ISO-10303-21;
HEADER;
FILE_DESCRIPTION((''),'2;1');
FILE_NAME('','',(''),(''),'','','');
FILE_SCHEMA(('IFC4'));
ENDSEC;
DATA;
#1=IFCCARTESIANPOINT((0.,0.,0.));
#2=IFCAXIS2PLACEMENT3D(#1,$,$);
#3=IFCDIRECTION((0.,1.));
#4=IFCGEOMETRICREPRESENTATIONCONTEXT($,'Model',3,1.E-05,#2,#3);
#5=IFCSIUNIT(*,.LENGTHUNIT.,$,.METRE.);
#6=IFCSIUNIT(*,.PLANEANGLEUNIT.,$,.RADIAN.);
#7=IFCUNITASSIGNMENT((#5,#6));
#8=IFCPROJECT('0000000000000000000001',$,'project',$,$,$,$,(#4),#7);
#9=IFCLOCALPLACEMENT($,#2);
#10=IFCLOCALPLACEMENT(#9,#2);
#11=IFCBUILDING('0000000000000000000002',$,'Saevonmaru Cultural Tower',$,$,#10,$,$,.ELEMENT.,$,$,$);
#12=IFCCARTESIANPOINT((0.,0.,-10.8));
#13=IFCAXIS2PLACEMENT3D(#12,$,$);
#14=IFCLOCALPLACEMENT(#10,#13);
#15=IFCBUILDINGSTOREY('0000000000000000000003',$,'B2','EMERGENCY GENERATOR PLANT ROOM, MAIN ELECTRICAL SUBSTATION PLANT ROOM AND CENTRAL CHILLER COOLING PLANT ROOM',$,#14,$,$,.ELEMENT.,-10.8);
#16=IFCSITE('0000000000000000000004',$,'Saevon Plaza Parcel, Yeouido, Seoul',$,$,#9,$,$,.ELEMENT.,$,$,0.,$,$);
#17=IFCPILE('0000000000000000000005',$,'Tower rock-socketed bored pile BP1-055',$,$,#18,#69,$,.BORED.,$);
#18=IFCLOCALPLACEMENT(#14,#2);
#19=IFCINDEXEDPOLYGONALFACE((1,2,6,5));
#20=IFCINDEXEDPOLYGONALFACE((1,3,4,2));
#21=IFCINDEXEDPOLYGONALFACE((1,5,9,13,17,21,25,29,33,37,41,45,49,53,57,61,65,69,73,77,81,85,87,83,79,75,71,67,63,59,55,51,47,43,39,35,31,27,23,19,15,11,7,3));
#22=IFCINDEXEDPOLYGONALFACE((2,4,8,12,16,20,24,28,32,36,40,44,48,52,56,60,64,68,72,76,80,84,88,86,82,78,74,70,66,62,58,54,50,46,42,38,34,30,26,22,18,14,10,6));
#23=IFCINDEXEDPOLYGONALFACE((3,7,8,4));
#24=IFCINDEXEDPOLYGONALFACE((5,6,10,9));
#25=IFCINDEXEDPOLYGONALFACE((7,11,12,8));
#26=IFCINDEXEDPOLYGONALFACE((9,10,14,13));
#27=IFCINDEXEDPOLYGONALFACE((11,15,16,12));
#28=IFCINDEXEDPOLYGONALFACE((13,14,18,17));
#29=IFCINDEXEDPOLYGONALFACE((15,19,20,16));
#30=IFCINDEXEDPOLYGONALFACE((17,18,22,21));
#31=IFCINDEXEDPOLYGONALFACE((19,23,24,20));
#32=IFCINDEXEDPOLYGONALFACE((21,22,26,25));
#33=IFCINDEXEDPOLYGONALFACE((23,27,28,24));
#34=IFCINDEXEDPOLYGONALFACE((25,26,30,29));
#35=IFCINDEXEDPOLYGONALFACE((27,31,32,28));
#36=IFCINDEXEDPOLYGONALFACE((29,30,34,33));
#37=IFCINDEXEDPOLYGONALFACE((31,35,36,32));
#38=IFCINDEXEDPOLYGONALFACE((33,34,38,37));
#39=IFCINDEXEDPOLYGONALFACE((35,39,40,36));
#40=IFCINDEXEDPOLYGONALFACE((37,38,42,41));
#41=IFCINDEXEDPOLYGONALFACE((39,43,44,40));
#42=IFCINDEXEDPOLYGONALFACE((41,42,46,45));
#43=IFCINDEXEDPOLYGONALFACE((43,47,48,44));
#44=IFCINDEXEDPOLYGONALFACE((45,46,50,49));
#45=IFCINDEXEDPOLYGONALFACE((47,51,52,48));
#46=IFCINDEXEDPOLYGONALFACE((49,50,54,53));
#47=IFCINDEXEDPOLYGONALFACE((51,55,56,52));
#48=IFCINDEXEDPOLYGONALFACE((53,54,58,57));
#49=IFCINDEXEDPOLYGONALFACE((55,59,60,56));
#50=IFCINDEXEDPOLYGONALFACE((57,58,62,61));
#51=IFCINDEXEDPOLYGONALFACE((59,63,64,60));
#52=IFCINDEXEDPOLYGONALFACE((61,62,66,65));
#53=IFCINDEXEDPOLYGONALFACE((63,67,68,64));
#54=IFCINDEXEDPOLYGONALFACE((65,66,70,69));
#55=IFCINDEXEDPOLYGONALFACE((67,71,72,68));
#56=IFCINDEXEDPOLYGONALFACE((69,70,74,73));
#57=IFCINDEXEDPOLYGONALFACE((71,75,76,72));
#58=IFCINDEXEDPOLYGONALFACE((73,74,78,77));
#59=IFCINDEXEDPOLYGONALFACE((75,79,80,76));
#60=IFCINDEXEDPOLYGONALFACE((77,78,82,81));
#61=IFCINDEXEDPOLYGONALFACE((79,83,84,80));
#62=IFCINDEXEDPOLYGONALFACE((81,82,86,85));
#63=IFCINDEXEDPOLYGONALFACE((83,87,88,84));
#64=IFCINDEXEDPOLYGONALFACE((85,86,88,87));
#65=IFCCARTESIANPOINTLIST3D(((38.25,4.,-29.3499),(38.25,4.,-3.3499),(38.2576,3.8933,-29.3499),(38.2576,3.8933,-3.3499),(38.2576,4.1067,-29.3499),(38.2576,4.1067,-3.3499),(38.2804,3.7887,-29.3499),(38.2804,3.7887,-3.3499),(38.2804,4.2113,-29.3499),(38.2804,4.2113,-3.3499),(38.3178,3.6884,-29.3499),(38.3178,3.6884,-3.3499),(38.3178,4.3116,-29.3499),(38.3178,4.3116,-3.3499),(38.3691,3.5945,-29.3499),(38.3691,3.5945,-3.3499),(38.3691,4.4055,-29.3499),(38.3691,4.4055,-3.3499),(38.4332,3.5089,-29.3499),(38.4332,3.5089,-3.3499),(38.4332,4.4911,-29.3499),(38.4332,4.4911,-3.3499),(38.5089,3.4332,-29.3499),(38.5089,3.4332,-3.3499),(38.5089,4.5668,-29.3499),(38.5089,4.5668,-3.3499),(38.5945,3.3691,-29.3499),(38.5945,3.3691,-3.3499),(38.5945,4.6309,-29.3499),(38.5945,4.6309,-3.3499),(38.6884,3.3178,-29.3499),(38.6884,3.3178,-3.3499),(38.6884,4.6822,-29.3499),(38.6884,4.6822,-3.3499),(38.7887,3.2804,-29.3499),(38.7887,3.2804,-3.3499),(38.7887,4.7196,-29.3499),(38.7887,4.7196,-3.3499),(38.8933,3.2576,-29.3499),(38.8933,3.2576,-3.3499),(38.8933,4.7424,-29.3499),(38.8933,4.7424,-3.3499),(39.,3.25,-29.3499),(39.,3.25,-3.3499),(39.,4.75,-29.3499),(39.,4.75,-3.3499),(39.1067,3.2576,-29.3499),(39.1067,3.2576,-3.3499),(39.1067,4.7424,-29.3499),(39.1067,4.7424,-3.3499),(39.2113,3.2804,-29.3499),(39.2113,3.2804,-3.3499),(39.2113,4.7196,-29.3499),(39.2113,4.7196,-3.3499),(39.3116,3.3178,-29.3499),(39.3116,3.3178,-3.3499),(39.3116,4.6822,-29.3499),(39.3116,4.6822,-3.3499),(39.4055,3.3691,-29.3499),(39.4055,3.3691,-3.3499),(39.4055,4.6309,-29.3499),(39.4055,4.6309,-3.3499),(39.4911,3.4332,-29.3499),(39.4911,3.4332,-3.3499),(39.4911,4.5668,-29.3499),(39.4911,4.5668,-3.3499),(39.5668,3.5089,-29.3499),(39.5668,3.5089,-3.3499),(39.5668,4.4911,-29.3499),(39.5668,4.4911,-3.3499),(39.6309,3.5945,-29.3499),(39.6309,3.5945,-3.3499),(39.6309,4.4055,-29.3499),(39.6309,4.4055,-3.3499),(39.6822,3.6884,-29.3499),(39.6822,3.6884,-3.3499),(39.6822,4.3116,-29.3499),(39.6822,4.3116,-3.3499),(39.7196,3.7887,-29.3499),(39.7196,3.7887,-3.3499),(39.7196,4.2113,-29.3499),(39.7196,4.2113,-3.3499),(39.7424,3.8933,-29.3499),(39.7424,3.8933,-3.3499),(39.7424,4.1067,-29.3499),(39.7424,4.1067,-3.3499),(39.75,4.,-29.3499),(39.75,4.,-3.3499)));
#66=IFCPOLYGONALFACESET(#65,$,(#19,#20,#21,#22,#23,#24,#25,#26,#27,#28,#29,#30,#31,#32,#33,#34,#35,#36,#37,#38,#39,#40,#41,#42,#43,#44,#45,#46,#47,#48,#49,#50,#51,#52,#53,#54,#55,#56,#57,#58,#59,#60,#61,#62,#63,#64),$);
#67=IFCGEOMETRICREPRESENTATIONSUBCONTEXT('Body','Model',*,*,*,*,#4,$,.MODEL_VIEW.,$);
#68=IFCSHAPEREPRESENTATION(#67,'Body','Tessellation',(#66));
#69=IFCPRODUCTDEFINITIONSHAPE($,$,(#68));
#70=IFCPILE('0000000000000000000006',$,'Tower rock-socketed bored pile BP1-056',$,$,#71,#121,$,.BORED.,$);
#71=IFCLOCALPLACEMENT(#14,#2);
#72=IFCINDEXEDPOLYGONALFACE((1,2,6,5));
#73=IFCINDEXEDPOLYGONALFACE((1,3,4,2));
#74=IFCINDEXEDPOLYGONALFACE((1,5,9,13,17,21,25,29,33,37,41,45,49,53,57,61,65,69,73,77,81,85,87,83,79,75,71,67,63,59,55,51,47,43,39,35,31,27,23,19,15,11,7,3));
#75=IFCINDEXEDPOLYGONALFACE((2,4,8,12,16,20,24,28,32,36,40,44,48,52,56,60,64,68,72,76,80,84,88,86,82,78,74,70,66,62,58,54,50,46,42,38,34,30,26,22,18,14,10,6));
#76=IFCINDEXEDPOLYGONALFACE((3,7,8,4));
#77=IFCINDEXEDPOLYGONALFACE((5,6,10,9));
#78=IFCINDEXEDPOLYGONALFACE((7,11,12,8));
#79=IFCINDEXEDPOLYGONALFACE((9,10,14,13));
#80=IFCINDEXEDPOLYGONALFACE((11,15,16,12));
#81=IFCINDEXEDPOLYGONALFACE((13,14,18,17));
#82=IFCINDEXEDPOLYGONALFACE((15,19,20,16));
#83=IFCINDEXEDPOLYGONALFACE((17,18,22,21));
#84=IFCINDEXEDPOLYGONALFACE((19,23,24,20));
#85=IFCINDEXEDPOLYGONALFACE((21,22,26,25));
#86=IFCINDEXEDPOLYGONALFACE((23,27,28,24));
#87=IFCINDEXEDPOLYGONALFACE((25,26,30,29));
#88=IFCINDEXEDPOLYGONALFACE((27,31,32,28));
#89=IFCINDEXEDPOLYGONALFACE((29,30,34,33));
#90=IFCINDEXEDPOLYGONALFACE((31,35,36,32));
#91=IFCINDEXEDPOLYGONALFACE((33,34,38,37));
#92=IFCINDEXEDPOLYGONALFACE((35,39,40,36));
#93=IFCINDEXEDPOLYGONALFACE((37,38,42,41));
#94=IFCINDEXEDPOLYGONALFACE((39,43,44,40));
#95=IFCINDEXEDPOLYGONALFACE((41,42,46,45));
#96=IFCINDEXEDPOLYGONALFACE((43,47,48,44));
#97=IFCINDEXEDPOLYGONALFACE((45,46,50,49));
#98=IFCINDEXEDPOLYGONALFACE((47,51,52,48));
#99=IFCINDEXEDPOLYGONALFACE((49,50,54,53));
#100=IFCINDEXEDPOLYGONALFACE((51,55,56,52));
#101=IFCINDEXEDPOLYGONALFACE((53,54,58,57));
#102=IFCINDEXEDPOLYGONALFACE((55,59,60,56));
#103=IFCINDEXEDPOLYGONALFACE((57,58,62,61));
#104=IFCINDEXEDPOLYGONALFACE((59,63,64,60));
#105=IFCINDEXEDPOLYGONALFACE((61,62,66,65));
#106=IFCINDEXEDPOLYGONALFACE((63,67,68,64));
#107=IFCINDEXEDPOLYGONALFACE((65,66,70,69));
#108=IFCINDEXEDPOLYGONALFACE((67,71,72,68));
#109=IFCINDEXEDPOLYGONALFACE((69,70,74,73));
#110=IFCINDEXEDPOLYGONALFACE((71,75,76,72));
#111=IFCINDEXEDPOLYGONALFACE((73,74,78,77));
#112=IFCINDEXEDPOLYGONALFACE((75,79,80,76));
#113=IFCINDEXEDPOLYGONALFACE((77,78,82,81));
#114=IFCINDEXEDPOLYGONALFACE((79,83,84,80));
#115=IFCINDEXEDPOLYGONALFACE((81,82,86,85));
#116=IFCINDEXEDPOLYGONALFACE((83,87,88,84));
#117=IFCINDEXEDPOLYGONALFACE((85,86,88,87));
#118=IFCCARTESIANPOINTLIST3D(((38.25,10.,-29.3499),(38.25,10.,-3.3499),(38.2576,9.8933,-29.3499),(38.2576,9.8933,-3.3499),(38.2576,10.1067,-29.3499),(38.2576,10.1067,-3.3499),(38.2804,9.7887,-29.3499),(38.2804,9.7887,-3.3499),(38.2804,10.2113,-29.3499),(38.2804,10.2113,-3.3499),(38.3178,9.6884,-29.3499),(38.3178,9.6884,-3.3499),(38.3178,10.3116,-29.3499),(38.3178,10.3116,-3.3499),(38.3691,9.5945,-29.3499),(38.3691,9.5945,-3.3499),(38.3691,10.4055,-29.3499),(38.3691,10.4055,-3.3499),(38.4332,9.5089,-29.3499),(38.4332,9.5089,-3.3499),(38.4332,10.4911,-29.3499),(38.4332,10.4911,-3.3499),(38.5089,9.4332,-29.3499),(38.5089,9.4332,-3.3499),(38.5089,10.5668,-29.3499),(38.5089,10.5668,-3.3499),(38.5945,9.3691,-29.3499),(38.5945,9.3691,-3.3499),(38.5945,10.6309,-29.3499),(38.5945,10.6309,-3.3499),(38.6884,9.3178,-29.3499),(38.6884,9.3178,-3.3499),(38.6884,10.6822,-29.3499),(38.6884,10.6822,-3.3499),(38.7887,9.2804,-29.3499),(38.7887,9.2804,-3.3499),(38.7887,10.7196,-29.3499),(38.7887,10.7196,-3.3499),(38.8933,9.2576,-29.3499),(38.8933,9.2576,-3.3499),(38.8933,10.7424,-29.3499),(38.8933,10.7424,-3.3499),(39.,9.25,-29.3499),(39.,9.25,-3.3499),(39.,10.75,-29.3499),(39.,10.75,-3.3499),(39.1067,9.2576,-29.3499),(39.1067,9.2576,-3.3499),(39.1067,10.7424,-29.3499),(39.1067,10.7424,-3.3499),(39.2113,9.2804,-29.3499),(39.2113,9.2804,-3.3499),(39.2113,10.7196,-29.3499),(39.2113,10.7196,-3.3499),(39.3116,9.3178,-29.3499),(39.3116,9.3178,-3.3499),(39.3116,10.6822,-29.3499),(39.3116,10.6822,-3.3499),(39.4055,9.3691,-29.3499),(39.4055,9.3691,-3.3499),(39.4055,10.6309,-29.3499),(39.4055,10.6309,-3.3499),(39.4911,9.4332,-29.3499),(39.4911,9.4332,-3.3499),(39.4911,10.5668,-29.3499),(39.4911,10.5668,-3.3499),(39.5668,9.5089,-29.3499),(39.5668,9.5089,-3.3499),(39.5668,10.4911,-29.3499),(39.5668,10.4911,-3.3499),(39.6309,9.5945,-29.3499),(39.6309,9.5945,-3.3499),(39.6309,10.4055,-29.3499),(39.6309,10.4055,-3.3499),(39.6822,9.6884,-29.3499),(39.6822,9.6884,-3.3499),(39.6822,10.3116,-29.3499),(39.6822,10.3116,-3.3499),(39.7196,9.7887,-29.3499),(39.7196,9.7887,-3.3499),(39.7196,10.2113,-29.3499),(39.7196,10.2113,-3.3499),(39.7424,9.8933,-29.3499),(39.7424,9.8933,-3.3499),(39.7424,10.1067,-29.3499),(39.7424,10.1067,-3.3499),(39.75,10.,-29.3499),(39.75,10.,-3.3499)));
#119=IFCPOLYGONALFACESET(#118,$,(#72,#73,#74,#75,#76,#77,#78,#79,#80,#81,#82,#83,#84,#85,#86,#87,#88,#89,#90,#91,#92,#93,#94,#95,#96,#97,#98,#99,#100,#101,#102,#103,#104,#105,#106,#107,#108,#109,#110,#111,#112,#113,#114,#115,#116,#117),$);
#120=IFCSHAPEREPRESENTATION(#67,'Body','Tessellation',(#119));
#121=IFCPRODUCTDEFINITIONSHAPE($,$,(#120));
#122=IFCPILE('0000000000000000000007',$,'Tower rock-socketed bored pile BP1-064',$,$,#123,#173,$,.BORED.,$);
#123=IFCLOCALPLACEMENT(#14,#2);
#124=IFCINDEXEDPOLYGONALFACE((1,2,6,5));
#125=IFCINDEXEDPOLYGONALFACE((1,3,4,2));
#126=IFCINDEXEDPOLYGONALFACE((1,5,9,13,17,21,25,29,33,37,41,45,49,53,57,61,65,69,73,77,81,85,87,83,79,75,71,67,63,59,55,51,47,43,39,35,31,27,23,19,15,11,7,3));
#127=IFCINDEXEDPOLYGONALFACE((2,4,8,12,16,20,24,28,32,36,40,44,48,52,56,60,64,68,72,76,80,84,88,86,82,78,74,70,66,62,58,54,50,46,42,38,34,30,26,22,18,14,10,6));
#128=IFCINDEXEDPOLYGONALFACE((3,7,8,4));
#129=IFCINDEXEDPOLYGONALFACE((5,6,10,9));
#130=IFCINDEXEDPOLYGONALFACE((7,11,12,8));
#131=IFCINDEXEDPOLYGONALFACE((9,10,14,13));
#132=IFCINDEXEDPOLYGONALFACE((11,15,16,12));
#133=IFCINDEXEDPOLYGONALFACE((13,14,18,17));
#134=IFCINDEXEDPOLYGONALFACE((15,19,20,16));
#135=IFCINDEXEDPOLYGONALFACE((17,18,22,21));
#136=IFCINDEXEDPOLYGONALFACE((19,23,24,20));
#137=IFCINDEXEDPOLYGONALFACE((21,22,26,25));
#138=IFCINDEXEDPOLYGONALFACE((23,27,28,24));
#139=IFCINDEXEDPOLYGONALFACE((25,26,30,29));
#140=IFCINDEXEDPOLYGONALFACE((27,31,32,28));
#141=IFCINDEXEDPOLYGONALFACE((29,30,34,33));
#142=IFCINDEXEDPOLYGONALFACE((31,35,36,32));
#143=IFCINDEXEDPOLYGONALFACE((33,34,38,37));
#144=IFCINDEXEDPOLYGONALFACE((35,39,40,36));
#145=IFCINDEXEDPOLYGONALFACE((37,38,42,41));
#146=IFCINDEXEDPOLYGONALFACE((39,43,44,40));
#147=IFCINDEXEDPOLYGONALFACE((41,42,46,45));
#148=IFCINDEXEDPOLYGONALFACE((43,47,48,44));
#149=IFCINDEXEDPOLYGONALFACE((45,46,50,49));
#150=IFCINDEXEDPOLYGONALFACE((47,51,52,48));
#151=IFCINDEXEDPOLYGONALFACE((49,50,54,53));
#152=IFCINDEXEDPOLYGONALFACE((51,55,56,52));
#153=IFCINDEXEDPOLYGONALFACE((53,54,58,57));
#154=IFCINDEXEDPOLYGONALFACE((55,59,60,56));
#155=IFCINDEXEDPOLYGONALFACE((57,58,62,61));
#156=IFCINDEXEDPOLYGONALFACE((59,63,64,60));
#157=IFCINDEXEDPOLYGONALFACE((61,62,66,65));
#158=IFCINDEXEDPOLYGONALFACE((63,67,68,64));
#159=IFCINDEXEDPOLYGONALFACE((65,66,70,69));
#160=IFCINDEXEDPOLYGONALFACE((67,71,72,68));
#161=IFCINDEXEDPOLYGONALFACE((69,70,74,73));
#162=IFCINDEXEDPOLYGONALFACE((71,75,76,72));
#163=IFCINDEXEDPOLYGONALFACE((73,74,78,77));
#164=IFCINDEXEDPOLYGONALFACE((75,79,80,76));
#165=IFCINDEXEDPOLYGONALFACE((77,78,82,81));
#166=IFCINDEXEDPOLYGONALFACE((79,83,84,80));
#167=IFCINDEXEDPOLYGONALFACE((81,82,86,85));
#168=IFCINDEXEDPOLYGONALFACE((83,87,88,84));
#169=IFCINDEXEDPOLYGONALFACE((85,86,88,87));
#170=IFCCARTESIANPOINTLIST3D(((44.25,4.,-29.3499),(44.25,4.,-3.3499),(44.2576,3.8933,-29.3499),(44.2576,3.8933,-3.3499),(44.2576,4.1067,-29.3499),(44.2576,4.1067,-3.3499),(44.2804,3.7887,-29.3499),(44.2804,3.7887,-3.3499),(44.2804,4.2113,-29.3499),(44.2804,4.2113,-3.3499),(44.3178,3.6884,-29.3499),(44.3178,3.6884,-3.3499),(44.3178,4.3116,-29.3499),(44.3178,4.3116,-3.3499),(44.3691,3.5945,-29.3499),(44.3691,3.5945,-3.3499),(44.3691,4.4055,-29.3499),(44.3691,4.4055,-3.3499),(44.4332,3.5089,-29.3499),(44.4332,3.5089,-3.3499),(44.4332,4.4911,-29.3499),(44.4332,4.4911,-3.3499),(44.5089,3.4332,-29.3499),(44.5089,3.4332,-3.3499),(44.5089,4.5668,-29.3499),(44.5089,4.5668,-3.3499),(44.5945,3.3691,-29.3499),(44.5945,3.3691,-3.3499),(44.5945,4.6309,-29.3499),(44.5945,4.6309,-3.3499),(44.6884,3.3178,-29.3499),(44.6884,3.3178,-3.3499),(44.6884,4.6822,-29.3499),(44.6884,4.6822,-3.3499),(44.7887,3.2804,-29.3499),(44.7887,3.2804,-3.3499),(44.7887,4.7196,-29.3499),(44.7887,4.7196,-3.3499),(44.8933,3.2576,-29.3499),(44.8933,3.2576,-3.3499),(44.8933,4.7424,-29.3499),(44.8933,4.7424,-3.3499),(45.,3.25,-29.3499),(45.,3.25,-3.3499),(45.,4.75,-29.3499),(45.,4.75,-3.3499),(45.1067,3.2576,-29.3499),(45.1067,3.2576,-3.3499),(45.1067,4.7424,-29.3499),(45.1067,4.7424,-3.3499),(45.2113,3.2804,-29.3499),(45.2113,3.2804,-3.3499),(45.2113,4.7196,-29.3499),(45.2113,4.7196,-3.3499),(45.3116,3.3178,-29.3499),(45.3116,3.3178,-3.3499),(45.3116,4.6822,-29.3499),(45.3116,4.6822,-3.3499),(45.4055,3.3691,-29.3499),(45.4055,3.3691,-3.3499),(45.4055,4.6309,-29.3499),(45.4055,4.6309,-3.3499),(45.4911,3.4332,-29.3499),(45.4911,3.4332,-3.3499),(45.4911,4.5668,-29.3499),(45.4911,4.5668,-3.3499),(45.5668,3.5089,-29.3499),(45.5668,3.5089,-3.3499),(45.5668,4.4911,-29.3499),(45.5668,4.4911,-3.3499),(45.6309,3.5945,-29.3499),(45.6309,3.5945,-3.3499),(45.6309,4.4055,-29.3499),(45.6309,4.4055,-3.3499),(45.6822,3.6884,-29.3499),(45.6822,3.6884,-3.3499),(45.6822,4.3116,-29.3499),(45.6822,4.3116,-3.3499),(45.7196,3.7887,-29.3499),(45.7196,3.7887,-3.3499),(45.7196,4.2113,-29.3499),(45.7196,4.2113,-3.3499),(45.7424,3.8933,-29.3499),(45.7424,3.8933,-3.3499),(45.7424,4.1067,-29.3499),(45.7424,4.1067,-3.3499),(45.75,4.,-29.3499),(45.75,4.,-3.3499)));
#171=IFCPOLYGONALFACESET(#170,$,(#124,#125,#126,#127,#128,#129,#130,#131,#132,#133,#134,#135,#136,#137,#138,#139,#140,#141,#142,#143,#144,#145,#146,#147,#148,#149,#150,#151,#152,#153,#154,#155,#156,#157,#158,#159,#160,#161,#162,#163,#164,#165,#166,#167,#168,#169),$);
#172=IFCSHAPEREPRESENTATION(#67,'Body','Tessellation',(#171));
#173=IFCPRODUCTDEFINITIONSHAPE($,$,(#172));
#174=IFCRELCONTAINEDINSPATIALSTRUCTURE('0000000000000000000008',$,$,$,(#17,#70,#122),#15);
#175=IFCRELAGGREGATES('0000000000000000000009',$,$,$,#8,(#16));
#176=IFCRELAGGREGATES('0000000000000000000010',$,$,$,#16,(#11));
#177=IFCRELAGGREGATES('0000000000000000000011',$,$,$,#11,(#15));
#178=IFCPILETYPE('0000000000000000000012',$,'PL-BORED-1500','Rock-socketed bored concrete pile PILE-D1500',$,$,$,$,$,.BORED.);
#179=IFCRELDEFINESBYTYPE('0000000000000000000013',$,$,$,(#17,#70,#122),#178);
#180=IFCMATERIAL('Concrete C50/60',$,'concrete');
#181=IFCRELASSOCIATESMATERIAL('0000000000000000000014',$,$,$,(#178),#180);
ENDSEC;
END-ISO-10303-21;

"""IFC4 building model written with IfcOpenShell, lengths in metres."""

from ifc_helpers import new_model, si_unit, direction, frame, origin, origin_2d, place, context, subcontext, project, spatial, circle, extrude, material, material_profile, profile_set, type_object, element, save


model = new_model("IFC4")

# Units and contexts
model_context = context("Model", 3, precision=1e-05, world=origin(), true_north=direction((0.0, 1.0)))
body_context = subcontext(model_context, "Body", "Model", "MODEL_VIEW")
ifc_project = project(units=[si_unit("LENGTHUNIT", "METRE"), si_unit("PLANEANGLEUNIT", "RADIAN")], contexts=[model_context])

# Site, building, storey
site_placement = place(None, origin())
site = spatial("IfcSite", under=ifc_project, at=site_placement, Name="Saevon Plaza Parcel, Yeouido, Seoul", CompositionType="ELEMENT", RefElevation=0.0)
building_placement = place(site_placement, origin())
building = spatial("IfcBuilding", under=site, at=building_placement, Name="Saevonmaru Cultural Tower", CompositionType="ELEMENT")
storey_placement = place(building_placement, frame((0.0, 0.0, -10.8)))
storey = spatial("IfcBuildingStorey", under=building, at=storey_placement, Name="B2", Description="EMERGENCY GENERATOR PLANT ROOM, MAIN ELECTRICAL SUBSTATION PLANT ROOM AND CENTRAL CHILLER COOLING PLANT ROOM", CompositionType="ELEMENT", Elevation=-10.8)

# Piles
ifc_material_1 = material(Name="Concrete C50/60", Category="concrete")
ifc_material_profile_1 = material_profile(ifc_material_1, circle(Radius=0.75, at=origin_2d()), Name="PILE-D1500")
ifc_profile_set_1 = profile_set([ifc_material_profile_1], Name="Concrete C50/60")
pile_type = type_object("IfcPileType", Name="PL-BORED-1500", Description="Rock-socketed bored concrete pile PILE-D1500", PredefinedType="BORED", material=ifc_profile_set_1)
for number, where, z_axis, x_axis, name in (
    (1, (39.0, 4.0, -3.3499), (0.0, 0.0, -1.0), (1.0, 0.0, 0.0), "Tower rock-socketed bored pile BP1-055"),
    (2, (39.0, 10.0, -3.3499), (0.0, 0.0, -1.0), (1.0, 0.0, 0.0), "Tower rock-socketed bored pile BP1-056"),
    (3, (45.0, 4.0, -3.3499), (0.0, 0.0, -1.0), (1.0, 0.0, 0.0), "Tower rock-socketed bored pile BP1-064"),
):
    element("IfcPile", number, at=place(storey_placement, frame(where, z_axis=z_axis, x_axis=x_axis)), inside=storey, type_object=pile_type, Name=name, PredefinedType="BORED", context=body_context, shape_type="SweptSolid", body=[
        extrude(circle(Radius=0.75, at=origin_2d()), origin(), (0.0, 0.0, 1.0), 26.0),
    ])

save(model, "model.ifc")
